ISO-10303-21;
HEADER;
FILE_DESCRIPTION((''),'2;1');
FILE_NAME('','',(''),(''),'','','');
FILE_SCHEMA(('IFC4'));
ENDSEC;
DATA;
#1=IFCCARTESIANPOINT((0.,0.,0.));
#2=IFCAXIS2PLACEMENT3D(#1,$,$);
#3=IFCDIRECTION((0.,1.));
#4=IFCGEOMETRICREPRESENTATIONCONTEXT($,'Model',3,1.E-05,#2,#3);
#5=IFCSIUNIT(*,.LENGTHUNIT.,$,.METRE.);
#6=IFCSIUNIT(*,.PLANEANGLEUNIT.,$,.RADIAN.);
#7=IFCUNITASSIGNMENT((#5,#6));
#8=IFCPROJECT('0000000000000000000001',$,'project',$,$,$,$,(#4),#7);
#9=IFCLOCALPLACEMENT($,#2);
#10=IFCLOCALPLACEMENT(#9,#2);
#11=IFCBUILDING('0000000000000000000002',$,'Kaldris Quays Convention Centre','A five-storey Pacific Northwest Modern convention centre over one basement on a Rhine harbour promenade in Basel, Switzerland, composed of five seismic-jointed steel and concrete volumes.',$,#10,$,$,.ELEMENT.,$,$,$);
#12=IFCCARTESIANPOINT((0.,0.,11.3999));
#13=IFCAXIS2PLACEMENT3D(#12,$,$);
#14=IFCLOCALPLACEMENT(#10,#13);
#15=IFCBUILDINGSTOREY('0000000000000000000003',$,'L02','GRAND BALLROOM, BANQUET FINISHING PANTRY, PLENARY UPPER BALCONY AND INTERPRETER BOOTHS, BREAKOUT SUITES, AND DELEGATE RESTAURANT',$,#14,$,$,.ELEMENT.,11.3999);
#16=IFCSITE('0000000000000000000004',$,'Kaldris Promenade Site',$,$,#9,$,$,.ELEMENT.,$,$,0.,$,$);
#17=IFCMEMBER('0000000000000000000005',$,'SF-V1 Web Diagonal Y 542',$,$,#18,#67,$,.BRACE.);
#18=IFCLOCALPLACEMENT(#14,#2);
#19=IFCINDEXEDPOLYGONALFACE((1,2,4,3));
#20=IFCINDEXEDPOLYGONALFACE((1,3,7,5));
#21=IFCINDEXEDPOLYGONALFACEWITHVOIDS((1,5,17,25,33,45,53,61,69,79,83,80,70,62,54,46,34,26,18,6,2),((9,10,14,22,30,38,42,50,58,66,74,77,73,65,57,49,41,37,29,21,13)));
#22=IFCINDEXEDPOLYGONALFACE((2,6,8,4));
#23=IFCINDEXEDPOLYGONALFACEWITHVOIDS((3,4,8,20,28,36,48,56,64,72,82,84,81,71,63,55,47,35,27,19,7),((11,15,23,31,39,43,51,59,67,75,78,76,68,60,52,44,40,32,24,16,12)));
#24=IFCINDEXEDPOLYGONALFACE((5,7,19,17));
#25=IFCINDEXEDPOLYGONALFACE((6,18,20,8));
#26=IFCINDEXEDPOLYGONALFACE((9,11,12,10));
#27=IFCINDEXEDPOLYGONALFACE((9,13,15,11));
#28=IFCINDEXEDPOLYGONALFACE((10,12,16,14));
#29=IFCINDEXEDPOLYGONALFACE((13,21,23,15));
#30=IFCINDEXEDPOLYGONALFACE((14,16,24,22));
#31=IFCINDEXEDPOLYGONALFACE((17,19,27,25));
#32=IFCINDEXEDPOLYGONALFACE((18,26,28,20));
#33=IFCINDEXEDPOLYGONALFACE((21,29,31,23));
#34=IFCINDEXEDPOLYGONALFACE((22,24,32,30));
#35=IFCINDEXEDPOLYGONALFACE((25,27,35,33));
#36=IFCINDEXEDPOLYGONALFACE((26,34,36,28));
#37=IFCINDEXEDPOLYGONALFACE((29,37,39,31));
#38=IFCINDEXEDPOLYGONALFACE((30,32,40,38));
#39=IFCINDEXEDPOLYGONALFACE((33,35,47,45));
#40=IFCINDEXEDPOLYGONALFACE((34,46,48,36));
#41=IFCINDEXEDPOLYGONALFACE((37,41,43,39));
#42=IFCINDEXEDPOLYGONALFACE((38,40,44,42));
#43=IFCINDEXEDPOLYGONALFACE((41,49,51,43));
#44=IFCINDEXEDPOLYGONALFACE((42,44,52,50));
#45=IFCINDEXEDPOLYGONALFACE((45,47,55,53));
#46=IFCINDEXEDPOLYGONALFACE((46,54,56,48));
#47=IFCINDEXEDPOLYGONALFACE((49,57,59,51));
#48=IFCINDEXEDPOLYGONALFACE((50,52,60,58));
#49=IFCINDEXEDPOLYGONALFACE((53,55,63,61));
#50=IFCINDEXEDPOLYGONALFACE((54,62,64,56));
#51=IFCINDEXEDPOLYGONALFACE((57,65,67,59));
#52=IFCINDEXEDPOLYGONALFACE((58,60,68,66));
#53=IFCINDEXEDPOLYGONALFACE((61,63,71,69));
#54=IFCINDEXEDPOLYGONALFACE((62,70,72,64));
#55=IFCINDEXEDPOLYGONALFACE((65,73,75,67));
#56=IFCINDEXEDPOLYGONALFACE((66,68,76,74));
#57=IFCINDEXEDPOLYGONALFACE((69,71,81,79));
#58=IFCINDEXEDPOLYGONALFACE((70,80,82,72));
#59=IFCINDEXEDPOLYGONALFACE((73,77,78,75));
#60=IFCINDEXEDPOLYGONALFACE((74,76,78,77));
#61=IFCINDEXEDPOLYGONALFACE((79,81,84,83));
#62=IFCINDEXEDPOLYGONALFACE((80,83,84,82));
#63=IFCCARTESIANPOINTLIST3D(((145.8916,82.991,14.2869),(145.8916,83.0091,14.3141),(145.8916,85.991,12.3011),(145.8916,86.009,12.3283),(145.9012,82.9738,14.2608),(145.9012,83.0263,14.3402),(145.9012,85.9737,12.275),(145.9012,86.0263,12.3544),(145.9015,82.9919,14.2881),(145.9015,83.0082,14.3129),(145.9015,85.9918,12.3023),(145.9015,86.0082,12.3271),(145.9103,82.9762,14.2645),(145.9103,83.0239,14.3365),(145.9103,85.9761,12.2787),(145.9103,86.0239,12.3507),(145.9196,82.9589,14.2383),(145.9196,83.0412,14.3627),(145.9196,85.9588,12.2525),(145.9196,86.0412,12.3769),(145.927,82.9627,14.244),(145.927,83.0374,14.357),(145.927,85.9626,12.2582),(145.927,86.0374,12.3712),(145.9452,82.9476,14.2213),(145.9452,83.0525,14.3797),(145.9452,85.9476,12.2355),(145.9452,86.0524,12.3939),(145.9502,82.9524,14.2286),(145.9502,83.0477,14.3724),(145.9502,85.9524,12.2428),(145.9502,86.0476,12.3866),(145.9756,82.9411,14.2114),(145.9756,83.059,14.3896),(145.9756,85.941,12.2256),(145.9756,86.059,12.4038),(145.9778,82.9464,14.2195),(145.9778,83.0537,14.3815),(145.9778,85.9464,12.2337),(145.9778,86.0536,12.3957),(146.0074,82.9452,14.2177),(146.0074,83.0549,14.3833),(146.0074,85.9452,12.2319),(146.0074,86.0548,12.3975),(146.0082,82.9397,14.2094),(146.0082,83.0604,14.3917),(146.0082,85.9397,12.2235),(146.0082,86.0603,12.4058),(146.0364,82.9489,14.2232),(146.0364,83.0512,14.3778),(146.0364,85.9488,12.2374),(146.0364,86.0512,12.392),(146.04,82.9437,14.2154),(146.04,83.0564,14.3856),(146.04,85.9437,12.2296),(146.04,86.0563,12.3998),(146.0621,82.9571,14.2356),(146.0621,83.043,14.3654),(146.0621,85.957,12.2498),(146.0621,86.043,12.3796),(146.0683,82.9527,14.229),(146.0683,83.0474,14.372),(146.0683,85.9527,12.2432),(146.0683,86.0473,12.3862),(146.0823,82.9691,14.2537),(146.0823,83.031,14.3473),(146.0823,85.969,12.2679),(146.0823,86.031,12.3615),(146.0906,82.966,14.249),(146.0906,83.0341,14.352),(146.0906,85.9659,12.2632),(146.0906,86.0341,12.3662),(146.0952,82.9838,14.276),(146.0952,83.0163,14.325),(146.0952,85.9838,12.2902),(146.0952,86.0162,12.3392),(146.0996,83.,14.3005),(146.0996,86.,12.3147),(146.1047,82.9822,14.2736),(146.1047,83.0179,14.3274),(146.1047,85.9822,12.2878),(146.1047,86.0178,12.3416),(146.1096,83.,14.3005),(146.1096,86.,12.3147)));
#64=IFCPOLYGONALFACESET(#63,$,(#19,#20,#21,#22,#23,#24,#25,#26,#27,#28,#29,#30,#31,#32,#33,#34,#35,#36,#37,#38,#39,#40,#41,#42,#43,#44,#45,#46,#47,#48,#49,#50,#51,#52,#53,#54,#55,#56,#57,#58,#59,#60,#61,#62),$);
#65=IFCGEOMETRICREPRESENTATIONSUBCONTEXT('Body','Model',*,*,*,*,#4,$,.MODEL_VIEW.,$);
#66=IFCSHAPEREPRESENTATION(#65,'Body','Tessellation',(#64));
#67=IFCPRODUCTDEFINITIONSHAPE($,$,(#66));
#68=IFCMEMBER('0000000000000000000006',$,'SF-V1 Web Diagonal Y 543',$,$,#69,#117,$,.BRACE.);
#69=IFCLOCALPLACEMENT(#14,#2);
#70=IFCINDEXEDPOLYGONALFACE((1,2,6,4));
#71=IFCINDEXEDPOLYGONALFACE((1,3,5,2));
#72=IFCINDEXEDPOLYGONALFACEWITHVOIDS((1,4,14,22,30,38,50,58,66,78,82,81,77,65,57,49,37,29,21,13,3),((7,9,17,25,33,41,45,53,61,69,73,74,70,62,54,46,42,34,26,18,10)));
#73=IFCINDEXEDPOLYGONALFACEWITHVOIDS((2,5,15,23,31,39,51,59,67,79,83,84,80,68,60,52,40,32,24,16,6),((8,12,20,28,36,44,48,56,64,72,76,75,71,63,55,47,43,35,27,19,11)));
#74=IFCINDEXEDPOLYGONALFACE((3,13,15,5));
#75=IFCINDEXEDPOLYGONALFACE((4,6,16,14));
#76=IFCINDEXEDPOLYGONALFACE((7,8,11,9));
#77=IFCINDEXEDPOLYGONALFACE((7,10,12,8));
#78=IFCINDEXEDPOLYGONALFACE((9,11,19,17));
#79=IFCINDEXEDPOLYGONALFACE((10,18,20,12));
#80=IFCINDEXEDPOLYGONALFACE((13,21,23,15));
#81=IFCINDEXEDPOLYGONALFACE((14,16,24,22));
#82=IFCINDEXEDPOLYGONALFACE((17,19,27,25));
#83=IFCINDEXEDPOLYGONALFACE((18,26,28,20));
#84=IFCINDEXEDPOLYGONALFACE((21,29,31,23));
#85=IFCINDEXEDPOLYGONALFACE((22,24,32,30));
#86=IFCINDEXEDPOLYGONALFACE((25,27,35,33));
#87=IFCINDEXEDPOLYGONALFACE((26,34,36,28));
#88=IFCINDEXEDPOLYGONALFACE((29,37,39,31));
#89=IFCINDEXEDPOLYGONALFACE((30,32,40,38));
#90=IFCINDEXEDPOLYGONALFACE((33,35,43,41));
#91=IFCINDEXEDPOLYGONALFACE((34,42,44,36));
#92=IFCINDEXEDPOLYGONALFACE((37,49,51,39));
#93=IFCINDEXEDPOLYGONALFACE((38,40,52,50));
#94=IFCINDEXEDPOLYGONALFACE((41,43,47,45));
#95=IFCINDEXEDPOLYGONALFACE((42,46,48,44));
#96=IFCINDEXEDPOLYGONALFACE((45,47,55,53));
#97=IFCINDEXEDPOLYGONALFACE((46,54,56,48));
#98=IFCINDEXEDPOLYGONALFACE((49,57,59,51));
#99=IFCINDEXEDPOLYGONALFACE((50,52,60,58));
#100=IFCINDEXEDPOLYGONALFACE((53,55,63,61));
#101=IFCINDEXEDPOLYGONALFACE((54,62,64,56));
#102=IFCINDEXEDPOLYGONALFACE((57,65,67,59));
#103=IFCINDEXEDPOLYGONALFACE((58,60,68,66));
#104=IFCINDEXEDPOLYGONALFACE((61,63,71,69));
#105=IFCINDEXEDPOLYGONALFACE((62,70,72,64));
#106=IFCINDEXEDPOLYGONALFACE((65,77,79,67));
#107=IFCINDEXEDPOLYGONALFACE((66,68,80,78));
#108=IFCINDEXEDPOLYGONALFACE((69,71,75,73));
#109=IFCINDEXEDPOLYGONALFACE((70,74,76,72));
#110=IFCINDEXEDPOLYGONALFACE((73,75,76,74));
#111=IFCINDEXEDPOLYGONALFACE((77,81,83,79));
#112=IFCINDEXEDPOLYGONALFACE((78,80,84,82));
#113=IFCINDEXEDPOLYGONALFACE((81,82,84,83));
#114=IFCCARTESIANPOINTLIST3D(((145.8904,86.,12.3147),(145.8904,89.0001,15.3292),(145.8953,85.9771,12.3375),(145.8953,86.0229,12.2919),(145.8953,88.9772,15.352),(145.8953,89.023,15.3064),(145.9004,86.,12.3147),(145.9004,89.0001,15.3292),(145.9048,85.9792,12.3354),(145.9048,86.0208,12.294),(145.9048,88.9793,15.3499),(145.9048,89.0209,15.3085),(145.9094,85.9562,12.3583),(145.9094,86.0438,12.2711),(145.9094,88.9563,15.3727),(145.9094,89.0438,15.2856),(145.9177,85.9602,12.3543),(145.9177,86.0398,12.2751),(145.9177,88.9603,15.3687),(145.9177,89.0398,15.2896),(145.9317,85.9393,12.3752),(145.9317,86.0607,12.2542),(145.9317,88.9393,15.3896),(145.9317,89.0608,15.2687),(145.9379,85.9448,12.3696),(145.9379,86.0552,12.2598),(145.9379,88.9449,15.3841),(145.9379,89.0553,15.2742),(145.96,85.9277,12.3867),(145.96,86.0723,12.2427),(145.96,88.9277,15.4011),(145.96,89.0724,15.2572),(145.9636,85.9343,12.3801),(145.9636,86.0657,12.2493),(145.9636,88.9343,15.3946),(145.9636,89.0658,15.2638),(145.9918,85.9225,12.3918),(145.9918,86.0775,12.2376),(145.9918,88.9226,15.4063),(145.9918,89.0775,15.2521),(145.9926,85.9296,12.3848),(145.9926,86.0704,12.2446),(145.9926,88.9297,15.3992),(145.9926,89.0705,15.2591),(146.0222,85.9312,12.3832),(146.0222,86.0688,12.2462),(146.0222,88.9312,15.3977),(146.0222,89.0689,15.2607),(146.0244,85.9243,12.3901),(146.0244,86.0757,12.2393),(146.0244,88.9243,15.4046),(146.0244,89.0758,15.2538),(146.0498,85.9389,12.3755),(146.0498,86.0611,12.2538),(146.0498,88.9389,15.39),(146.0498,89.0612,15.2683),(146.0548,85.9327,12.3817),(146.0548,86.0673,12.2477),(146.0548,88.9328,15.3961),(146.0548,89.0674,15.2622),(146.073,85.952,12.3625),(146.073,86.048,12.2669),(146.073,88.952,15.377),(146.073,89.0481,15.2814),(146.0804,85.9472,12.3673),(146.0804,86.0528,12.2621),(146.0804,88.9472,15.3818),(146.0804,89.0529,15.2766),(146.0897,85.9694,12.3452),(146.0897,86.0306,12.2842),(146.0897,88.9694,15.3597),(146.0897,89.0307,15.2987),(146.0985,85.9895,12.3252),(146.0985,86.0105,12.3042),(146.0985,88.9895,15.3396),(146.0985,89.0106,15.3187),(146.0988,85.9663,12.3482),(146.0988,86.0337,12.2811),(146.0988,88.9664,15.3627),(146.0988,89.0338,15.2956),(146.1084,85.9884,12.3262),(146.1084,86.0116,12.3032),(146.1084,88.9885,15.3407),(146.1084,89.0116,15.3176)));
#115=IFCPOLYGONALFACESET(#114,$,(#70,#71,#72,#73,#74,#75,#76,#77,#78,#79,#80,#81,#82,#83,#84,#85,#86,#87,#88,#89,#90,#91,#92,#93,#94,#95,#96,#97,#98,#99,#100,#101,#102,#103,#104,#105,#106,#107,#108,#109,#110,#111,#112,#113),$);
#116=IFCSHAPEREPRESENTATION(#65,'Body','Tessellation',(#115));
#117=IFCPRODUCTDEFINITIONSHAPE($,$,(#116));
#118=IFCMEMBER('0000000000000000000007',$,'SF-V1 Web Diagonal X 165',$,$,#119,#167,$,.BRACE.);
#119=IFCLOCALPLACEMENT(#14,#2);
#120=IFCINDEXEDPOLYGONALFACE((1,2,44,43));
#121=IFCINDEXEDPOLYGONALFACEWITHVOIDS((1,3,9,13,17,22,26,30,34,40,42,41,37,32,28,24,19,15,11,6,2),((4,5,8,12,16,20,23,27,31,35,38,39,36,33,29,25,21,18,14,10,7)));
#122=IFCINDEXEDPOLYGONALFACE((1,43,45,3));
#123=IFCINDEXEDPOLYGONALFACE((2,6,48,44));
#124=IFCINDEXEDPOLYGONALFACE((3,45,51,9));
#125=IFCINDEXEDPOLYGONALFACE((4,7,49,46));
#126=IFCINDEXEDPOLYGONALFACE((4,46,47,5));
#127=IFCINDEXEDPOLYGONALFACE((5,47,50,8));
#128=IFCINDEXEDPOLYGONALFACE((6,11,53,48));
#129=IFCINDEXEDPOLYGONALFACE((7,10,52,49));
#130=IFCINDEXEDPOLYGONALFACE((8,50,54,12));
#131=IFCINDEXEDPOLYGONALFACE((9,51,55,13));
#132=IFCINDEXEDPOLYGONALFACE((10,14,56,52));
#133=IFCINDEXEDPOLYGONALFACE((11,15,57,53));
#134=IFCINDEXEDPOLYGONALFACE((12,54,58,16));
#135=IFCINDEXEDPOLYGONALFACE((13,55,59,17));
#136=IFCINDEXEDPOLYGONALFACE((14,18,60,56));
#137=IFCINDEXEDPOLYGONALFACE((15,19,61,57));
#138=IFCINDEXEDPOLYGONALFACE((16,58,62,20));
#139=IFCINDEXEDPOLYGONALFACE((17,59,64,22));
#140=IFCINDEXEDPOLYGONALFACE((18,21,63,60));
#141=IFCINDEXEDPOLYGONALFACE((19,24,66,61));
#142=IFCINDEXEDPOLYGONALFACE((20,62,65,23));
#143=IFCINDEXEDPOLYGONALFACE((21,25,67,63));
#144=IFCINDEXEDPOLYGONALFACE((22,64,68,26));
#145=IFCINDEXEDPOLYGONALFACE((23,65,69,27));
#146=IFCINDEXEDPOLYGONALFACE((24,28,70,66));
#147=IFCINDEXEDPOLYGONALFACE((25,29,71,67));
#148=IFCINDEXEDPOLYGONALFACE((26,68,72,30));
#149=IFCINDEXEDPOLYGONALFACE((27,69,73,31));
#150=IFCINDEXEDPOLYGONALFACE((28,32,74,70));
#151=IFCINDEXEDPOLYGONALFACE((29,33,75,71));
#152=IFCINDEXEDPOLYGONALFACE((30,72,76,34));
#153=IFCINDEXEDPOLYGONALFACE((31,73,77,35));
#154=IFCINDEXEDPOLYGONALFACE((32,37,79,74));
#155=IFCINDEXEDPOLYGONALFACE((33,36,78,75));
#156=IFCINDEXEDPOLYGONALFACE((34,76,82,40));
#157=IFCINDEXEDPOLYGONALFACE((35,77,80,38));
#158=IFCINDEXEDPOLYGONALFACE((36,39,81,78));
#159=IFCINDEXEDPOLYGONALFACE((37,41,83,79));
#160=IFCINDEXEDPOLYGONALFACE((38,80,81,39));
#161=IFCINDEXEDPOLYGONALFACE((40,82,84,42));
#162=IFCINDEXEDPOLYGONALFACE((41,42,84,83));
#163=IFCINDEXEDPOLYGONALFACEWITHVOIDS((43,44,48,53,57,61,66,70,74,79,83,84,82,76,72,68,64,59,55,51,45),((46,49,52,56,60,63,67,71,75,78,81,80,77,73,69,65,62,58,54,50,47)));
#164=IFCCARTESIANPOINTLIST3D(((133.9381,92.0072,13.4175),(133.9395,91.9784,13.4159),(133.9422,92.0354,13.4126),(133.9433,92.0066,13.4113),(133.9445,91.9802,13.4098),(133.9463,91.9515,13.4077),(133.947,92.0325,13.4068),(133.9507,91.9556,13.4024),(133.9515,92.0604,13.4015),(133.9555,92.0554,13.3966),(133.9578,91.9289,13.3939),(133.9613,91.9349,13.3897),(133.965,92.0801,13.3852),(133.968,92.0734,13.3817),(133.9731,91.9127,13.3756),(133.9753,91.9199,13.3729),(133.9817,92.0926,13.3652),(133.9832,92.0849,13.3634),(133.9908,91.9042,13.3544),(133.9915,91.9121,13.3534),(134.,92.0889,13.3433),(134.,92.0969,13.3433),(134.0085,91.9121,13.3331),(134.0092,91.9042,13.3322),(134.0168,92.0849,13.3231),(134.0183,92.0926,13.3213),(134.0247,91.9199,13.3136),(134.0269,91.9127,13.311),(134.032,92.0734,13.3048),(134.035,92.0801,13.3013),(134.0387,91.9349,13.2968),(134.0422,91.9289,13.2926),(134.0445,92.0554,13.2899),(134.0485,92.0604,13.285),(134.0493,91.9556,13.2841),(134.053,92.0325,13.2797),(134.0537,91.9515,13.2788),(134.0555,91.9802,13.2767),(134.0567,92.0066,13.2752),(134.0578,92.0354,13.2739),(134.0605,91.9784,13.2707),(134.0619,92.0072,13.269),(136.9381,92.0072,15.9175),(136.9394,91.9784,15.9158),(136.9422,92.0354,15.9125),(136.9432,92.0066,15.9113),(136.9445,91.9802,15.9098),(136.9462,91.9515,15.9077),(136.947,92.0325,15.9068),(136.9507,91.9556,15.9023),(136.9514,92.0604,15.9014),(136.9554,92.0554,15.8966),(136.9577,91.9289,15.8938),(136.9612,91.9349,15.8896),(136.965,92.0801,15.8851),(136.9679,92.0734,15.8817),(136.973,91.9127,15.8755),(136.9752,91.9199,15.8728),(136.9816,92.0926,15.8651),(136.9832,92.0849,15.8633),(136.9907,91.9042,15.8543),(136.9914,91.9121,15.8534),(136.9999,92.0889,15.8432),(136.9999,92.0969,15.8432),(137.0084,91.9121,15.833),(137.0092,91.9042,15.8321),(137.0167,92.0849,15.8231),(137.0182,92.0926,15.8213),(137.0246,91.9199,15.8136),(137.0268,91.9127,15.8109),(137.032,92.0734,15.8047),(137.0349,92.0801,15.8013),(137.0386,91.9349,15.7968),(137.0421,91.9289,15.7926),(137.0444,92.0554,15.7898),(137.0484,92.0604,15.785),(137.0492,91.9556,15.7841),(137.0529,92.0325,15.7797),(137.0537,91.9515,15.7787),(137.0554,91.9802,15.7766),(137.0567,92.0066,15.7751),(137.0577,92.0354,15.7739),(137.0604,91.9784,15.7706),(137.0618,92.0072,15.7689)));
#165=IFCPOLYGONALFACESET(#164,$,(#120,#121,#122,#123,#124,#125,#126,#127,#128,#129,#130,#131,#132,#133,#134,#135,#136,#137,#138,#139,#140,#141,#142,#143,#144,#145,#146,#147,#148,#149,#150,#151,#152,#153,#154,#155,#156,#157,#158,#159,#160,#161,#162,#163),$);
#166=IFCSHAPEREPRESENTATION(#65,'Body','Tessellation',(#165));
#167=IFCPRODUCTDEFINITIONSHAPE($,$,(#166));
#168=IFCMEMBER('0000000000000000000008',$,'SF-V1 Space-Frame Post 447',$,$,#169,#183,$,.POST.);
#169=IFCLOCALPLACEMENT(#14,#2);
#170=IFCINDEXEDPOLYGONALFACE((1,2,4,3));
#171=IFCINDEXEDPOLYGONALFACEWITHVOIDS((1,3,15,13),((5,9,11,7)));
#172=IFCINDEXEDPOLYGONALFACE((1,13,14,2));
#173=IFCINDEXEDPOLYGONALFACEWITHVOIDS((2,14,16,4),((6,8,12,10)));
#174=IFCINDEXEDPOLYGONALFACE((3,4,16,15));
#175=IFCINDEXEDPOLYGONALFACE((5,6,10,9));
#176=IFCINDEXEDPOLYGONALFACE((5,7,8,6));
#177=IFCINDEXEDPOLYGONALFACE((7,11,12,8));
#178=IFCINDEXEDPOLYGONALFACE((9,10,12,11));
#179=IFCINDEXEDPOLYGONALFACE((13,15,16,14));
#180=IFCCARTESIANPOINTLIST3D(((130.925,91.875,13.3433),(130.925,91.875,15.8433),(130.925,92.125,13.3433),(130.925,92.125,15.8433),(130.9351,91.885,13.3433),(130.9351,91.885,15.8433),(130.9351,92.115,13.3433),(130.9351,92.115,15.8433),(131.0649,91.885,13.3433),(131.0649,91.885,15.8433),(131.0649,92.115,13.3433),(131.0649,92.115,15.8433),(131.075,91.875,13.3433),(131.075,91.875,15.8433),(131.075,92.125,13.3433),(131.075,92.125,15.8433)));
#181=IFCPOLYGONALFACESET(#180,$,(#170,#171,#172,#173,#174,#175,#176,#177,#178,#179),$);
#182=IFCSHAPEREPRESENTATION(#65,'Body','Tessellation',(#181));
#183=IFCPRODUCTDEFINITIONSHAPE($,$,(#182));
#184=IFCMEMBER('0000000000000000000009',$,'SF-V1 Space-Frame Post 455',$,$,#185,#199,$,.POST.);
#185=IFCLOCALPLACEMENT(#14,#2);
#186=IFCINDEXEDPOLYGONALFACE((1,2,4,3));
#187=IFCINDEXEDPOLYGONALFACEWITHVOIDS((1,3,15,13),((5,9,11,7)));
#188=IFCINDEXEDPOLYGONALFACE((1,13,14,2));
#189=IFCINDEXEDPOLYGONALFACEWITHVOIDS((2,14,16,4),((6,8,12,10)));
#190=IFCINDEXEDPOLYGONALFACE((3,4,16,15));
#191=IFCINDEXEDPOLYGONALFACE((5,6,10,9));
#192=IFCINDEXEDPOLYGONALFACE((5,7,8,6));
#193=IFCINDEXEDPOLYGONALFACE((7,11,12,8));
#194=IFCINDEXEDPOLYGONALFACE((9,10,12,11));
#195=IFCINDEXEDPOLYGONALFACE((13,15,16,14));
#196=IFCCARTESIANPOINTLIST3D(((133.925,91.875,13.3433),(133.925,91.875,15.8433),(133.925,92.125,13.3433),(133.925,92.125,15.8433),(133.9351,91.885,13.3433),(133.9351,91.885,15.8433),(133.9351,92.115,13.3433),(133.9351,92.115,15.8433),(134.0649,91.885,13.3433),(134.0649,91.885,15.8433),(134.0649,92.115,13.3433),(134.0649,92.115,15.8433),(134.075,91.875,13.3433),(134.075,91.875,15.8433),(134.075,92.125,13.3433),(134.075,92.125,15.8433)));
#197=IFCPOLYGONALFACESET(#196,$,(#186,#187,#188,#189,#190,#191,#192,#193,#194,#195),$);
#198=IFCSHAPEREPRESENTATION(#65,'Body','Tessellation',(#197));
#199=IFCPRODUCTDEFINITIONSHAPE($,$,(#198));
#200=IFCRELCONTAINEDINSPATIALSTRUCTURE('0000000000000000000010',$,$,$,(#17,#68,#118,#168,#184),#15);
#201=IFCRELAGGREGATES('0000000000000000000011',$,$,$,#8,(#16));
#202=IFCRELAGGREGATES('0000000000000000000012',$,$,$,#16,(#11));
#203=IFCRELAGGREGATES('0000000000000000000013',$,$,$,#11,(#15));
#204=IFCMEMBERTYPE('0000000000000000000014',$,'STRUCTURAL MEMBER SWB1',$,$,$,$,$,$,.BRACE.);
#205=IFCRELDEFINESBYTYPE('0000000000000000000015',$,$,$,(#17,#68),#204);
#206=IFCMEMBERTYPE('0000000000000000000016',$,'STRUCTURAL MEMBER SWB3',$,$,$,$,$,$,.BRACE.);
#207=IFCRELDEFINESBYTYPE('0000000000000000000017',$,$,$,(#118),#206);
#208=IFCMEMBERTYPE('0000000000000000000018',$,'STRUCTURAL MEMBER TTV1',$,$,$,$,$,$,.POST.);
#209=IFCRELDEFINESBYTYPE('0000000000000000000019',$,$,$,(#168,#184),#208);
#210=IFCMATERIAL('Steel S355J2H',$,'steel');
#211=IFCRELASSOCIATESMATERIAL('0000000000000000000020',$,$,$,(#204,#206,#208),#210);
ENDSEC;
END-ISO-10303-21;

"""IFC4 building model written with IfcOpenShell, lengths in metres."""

from ifc_helpers import new_model, si_unit, direction, frame, origin, origin_2d, place, context, subcontext, project, spatial, hollow_rectangle, hollow_circle, extrude, material, material_profile, profile_set, type_object, element, save


model = new_model("IFC4")

# Units and contexts
model_context = context("Model", 3, precision=1e-05, world=origin(), true_north=direction((0.0, 1.0)))
body_context = subcontext(model_context, "Body", "Model", "MODEL_VIEW")
ifc_project = project(units=[si_unit("LENGTHUNIT", "METRE"), si_unit("PLANEANGLEUNIT", "RADIAN")], contexts=[model_context])

# Site, building, storey
site_placement = place(None, origin())
site = spatial("IfcSite", under=ifc_project, at=site_placement, Name="Kaldris Promenade Site", CompositionType="ELEMENT", RefElevation=0.0)
building_placement = place(site_placement, origin())
building = spatial("IfcBuilding", under=site, at=building_placement, Name="Kaldris Quays Convention Centre", Description="A five-storey Pacific Northwest Modern convention centre over one basement on a Rhine harbour promenade in Basel, Switzerland, composed of five seismic-jointed steel and concrete volumes.", CompositionType="ELEMENT")
storey_placement = place(building_placement, frame((0.0, 0.0, 11.3999)))
storey = spatial("IfcBuildingStorey", under=building, at=storey_placement, Name="L02", Description="GRAND BALLROOM, BANQUET FINISHING PANTRY, PLENARY UPPER BALCONY AND INTERPRETER BOOTHS, BREAKOUT SUITES, AND DELEGATE RESTAURANT", CompositionType="ELEMENT", Elevation=11.3999)

# Members
ifc_material_1 = material(Name="Steel S355J2H", Category="steel")
ifc_material_profile_1 = material_profile(ifc_material_1, hollow_circle(Radius=0.1096, WallThickness=0.01, at=origin_2d()), Name="CHS 219.1x10")
ifc_profile_set_1 = profile_set([ifc_material_profile_1], Name="Steel S355J2H")
member_type_1 = type_object("IfcMemberType", Name="STRUCTURAL MEMBER SWB1", PredefinedType="BRACE", material=ifc_profile_set_1)
member_1_placement = place(storey_placement, frame((146.0, 86.0, 12.3147), z_axis=(0.0, -0.833862, 0.551972), x_axis=(1.0, 0.0, 0.0)))
element("IfcMember", 1, at=member_1_placement, inside=storey, type_object=member_type_1, Name="SF-V1 Web Diagonal Y 542", PredefinedType="BRACE", context=body_context, shape_type="SweptSolid", body=[
    extrude(hollow_circle(Radius=0.1096, WallThickness=0.01, at=origin_2d()), origin(), (0.0, 0.0, 1.0), 3.5977),
])
member_2_placement = place(storey_placement, frame((146.0, 86.0, 12.3147), z_axis=(0.0, 0.705411, 0.708798), x_axis=(-1.0, 0.0, 0.0)))
element("IfcMember", 2, at=member_2_placement, inside=storey, type_object=member_type_1, Name="SF-V1 Web Diagonal Y 543", PredefinedType="BRACE", context=body_context, shape_type="SweptSolid", body=[
    extrude(hollow_circle(Radius=0.1096, WallThickness=0.01, at=origin_2d()), origin(), (0.0, 0.0, 1.0), 4.2529),
])
ifc_material_profile_2 = material_profile(ifc_material_1, hollow_circle(Radius=0.0969, WallThickness=0.0081, at=origin_2d()), Name="CHS 193.7x8")
ifc_profile_set_2 = profile_set([ifc_material_profile_2], Name="Steel S355J2H")
member_type_2 = type_object("IfcMemberType", Name="STRUCTURAL MEMBER SWB3", PredefinedType="BRACE", material=ifc_profile_set_2)
member_3_placement = place(storey_placement, frame((134.0, 92.0, 13.3433), z_axis=(0.768221, 0.0, 0.640184), x_axis=(0.0, 1.0, 0.0)))
element("IfcMember", 3, at=member_3_placement, inside=storey, type_object=member_type_2, Name="SF-V1 Web Diagonal X 165", PredefinedType="BRACE", context=body_context, shape_type="SweptSolid", body=[
    extrude(hollow_circle(Radius=0.0969, WallThickness=0.0081, at=origin_2d()), origin(), (0.0, 0.0, 1.0), 3.905),
])
ifc_material_profile_3 = material_profile(ifc_material_1, hollow_rectangle(XDim=0.1499, YDim=0.25, WallThickness=0.01, at=origin_2d()), Name="RHS 250x150x10")
ifc_profile_set_3 = profile_set([ifc_material_profile_3], Name="Steel S355J2H")
member_type_3 = type_object("IfcMemberType", Name="STRUCTURAL MEMBER TTV1", PredefinedType="POST", material=ifc_profile_set_3)
for number, where, z_axis, x_axis, name in (
    (4, (131.0, 92.0, 13.3433), (0.0, 0.0, 1.0), (1.0, 0.0, 0.0), "SF-V1 Space-Frame Post 447"),
    (5, (134.0, 92.0, 13.3433), (0.0, 0.0, 1.0), (1.0, 0.0, 0.0), "SF-V1 Space-Frame Post 455"),
):
    element("IfcMember", number, at=place(storey_placement, frame(where, z_axis=z_axis, x_axis=x_axis)), inside=storey, type_object=member_type_3, Name=name, PredefinedType="POST", context=body_context, shape_type="SweptSolid", body=[
        extrude(hollow_rectangle(XDim=0.1499, YDim=0.25, WallThickness=0.01, at=origin_2d()), origin(), (0.0, 0.0, 1.0), 2.5),
    ])

save(model, "model.ifc")
